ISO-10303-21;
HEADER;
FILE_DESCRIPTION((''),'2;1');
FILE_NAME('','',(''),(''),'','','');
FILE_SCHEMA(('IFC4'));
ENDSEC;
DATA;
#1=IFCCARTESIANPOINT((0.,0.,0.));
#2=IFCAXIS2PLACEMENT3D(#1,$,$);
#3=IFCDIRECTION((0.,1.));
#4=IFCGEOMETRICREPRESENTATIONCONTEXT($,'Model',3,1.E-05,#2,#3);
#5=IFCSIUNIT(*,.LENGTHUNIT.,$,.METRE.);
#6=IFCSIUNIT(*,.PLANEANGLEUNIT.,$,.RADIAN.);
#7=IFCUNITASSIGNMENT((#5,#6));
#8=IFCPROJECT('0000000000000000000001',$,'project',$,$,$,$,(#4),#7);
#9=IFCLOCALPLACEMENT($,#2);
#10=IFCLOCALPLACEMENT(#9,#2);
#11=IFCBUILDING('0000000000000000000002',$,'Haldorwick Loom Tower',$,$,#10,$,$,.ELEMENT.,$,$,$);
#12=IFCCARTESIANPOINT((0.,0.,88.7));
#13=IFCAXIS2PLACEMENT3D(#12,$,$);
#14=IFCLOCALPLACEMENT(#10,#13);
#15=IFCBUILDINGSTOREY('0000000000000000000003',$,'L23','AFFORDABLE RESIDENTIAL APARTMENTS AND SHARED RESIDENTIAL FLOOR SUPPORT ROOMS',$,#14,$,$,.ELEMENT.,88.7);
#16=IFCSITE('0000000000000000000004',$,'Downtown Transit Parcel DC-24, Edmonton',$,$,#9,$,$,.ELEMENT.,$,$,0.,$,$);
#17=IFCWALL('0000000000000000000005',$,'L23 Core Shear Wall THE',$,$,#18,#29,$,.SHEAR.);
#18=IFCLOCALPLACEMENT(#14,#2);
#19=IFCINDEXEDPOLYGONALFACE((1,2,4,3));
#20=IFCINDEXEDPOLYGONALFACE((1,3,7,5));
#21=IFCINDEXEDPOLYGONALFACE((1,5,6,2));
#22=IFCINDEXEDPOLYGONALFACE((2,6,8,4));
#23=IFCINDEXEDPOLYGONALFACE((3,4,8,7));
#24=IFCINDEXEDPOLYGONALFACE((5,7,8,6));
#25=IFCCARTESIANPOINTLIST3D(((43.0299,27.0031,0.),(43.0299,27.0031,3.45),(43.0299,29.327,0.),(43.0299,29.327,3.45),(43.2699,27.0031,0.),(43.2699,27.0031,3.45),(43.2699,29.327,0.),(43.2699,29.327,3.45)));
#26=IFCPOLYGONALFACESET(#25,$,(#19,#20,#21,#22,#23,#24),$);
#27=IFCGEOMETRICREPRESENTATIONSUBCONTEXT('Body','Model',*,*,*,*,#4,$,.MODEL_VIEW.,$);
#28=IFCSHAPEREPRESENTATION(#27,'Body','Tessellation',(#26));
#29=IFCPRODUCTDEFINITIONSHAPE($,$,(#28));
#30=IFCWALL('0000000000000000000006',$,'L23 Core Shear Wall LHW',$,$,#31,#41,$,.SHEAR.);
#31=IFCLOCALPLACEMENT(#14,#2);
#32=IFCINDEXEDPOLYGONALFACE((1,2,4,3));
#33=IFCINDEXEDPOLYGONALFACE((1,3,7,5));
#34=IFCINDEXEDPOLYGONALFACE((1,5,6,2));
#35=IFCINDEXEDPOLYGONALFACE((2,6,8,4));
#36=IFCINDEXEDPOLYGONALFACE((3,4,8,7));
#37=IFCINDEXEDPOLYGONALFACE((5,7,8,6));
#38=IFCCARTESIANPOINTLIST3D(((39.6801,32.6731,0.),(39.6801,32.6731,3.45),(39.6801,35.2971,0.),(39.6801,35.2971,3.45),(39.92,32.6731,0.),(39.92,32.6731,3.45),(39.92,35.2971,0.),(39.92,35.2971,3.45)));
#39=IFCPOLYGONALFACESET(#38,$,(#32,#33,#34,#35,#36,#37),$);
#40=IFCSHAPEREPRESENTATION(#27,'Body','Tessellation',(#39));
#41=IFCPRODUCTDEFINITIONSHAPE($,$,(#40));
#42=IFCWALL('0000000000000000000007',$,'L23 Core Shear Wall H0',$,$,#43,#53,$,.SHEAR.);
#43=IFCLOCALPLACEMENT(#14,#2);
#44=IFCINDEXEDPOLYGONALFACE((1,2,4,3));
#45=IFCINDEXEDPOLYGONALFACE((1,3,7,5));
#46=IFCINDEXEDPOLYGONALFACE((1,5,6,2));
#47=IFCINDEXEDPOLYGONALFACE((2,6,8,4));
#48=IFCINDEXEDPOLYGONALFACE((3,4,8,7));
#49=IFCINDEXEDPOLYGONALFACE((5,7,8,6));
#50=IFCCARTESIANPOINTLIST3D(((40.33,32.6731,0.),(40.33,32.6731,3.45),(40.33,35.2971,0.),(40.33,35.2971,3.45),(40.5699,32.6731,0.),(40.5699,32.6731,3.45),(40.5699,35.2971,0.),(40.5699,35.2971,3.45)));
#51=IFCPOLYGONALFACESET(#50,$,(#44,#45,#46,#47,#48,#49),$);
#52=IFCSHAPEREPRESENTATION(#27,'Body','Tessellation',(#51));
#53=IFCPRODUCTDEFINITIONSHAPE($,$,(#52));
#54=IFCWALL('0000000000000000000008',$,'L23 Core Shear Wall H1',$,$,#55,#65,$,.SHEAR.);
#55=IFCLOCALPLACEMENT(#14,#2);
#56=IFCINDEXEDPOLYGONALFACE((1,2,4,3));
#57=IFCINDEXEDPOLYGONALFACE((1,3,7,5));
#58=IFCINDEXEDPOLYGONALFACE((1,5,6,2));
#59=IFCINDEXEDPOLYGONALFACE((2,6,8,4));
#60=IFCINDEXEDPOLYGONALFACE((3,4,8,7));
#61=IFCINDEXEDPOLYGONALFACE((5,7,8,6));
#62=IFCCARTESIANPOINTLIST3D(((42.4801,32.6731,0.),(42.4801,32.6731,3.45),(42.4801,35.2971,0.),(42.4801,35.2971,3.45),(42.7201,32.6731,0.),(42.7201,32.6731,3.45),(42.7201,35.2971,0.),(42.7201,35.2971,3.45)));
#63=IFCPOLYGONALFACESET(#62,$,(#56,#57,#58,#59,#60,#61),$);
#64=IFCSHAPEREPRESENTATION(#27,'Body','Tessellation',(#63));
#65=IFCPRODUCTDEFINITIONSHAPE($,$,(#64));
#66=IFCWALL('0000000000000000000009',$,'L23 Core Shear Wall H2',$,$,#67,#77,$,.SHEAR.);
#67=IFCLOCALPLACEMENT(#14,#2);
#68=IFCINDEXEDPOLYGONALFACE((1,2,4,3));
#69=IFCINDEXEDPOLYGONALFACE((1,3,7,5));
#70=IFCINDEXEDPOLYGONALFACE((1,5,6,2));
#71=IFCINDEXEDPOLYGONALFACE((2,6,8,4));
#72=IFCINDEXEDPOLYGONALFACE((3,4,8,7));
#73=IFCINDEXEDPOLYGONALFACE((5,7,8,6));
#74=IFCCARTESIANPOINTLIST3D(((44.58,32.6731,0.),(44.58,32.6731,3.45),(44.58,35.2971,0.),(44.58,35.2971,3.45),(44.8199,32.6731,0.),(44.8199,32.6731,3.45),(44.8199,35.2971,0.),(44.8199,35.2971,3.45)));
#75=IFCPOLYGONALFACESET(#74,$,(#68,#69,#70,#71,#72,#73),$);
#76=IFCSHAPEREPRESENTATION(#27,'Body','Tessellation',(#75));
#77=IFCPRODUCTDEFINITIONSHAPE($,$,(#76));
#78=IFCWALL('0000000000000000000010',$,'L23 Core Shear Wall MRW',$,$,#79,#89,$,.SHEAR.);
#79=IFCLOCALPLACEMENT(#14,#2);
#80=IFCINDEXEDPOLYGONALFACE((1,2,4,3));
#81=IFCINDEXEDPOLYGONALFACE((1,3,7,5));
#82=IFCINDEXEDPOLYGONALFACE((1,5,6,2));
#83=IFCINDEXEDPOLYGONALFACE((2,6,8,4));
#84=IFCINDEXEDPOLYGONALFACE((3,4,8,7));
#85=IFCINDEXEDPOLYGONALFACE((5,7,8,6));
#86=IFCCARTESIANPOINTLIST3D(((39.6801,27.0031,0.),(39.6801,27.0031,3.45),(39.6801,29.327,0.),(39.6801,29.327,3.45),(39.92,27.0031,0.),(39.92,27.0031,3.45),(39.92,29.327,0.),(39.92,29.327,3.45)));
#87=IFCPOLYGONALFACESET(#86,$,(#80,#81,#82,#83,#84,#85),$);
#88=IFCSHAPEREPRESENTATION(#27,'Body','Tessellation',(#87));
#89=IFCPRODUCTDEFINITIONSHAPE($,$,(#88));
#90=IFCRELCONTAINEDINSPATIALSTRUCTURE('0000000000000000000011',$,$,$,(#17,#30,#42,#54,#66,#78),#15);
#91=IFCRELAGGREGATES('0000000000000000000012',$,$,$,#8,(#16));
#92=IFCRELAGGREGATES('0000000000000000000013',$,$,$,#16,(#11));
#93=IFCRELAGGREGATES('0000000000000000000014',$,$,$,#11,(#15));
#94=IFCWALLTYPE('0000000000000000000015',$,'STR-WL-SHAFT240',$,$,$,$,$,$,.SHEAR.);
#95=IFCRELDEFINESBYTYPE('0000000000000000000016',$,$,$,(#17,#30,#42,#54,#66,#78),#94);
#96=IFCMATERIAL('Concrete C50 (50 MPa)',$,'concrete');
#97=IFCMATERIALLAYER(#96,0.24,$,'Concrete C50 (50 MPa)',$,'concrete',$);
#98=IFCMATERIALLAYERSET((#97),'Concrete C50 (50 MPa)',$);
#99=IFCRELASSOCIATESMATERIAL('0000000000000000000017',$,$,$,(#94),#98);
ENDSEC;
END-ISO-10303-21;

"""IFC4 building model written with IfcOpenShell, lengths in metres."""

from ifc_helpers import new_model, si_unit, direction, frame, frame_2d, origin, place, context, subcontext, project, spatial, rectangle, extrude, material, layer, layer_set, type_object, element, save


model = new_model("IFC4")

# Units and contexts
model_context = context("Model", 3, precision=1e-05, world=origin(), true_north=direction((0.0, 1.0)))
body_context = subcontext(model_context, "Body", "Model", "MODEL_VIEW")
ifc_project = project(units=[si_unit("LENGTHUNIT", "METRE"), si_unit("PLANEANGLEUNIT", "RADIAN")], contexts=[model_context])

# Site, building, storey
site_placement = place(None, origin())
site = spatial("IfcSite", under=ifc_project, at=site_placement, Name="Downtown Transit Parcel DC-24, Edmonton", CompositionType="ELEMENT", RefElevation=0.0)
building_placement = place(site_placement, origin())
building = spatial("IfcBuilding", under=site, at=building_placement, Name="Haldorwick Loom Tower", CompositionType="ELEMENT")
storey_placement = place(building_placement, frame((0.0, 0.0, 88.7)))
storey = spatial("IfcBuildingStorey", under=building, at=storey_placement, Name="L23", Description="AFFORDABLE RESIDENTIAL APARTMENTS AND SHARED RESIDENTIAL FLOOR SUPPORT ROOMS", CompositionType="ELEMENT", Elevation=88.7)

# Shared definitions
ifc_material_1 = material(Name="Concrete C50 (50 MPa)", Category="concrete")
ifc_layer_1 = layer(ifc_material_1, 0.24, Name="Concrete C50 (50 MPa)", Category="concrete")
ifc_layer_set_1 = layer_set([ifc_layer_1], Name="Concrete C50 (50 MPa)")
wall_type_1 = type_object("IfcWallType", Name="STR-WL-SHAFT240", PredefinedType="SHEAR", material=ifc_layer_set_1)

# Walls
for number, where, z_axis, x_axis, name in (
    (1, (43.1499, 27.0029, 0.0), (0.0, 0.0, 1.0), (0.0, 1.0, 0.0), "L23 Core Shear Wall THE"),
):
    element("IfcWall", number, at=place(storey_placement, frame(where, z_axis=z_axis, x_axis=x_axis)), inside=storey, type_object=wall_type_1, Name=name, PredefinedType="SHEAR", context=body_context, shape_type="SweptSolid", body=[
        extrude(rectangle(XDim=2.324, YDim=0.24, at=frame_2d((1.1621, 0.0))), origin(), (0.0, 0.0, 1.0), 3.45),
    ])
for number, where, z_axis, x_axis, name in (
    (2, (39.8, 32.6731, 0.0), (0.0, 0.0, 1.0), (0.0, 1.0, 0.0), "L23 Core Shear Wall LHW"),
    (3, (40.45, 32.6731, 0.0), (0.0, 0.0, 1.0), (0.0, 1.0, 0.0), "L23 Core Shear Wall H0"),
    (4, (42.6001, 32.6731, 0.0), (0.0, 0.0, 1.0), (0.0, 1.0, 0.0), "L23 Core Shear Wall H1"),
    (5, (44.7, 32.6731, 0.0), (0.0, 0.0, 1.0), (0.0, 1.0, 0.0), "L23 Core Shear Wall H2"),
):
    element("IfcWall", number, at=place(storey_placement, frame(where, z_axis=z_axis, x_axis=x_axis)), inside=storey, type_object=wall_type_1, Name=name, PredefinedType="SHEAR", context=body_context, shape_type="SweptSolid", body=[
        extrude(rectangle(XDim=2.624, YDim=0.24, at=frame_2d((1.312, 0.0))), origin(), (0.0, 0.0, 1.0), 3.45),
    ])
wall_1_placement = place(storey_placement, frame((39.8, 27.0029, 0.0), z_axis=(0.0, 0.0, 1.0), x_axis=(0.0, 1.0, 0.0)))
element("IfcWall", 6, at=wall_1_placement, inside=storey, type_object=wall_type_1, Name="L23 Core Shear Wall MRW", PredefinedType="SHEAR", context=body_context, shape_type="SweptSolid", body=[
    extrude(rectangle(XDim=2.324, YDim=0.24, at=frame_2d((1.1621, 0.0))), origin(), (0.0, 0.0, 1.0), 3.45),
])

save(model, "model.ifc")
